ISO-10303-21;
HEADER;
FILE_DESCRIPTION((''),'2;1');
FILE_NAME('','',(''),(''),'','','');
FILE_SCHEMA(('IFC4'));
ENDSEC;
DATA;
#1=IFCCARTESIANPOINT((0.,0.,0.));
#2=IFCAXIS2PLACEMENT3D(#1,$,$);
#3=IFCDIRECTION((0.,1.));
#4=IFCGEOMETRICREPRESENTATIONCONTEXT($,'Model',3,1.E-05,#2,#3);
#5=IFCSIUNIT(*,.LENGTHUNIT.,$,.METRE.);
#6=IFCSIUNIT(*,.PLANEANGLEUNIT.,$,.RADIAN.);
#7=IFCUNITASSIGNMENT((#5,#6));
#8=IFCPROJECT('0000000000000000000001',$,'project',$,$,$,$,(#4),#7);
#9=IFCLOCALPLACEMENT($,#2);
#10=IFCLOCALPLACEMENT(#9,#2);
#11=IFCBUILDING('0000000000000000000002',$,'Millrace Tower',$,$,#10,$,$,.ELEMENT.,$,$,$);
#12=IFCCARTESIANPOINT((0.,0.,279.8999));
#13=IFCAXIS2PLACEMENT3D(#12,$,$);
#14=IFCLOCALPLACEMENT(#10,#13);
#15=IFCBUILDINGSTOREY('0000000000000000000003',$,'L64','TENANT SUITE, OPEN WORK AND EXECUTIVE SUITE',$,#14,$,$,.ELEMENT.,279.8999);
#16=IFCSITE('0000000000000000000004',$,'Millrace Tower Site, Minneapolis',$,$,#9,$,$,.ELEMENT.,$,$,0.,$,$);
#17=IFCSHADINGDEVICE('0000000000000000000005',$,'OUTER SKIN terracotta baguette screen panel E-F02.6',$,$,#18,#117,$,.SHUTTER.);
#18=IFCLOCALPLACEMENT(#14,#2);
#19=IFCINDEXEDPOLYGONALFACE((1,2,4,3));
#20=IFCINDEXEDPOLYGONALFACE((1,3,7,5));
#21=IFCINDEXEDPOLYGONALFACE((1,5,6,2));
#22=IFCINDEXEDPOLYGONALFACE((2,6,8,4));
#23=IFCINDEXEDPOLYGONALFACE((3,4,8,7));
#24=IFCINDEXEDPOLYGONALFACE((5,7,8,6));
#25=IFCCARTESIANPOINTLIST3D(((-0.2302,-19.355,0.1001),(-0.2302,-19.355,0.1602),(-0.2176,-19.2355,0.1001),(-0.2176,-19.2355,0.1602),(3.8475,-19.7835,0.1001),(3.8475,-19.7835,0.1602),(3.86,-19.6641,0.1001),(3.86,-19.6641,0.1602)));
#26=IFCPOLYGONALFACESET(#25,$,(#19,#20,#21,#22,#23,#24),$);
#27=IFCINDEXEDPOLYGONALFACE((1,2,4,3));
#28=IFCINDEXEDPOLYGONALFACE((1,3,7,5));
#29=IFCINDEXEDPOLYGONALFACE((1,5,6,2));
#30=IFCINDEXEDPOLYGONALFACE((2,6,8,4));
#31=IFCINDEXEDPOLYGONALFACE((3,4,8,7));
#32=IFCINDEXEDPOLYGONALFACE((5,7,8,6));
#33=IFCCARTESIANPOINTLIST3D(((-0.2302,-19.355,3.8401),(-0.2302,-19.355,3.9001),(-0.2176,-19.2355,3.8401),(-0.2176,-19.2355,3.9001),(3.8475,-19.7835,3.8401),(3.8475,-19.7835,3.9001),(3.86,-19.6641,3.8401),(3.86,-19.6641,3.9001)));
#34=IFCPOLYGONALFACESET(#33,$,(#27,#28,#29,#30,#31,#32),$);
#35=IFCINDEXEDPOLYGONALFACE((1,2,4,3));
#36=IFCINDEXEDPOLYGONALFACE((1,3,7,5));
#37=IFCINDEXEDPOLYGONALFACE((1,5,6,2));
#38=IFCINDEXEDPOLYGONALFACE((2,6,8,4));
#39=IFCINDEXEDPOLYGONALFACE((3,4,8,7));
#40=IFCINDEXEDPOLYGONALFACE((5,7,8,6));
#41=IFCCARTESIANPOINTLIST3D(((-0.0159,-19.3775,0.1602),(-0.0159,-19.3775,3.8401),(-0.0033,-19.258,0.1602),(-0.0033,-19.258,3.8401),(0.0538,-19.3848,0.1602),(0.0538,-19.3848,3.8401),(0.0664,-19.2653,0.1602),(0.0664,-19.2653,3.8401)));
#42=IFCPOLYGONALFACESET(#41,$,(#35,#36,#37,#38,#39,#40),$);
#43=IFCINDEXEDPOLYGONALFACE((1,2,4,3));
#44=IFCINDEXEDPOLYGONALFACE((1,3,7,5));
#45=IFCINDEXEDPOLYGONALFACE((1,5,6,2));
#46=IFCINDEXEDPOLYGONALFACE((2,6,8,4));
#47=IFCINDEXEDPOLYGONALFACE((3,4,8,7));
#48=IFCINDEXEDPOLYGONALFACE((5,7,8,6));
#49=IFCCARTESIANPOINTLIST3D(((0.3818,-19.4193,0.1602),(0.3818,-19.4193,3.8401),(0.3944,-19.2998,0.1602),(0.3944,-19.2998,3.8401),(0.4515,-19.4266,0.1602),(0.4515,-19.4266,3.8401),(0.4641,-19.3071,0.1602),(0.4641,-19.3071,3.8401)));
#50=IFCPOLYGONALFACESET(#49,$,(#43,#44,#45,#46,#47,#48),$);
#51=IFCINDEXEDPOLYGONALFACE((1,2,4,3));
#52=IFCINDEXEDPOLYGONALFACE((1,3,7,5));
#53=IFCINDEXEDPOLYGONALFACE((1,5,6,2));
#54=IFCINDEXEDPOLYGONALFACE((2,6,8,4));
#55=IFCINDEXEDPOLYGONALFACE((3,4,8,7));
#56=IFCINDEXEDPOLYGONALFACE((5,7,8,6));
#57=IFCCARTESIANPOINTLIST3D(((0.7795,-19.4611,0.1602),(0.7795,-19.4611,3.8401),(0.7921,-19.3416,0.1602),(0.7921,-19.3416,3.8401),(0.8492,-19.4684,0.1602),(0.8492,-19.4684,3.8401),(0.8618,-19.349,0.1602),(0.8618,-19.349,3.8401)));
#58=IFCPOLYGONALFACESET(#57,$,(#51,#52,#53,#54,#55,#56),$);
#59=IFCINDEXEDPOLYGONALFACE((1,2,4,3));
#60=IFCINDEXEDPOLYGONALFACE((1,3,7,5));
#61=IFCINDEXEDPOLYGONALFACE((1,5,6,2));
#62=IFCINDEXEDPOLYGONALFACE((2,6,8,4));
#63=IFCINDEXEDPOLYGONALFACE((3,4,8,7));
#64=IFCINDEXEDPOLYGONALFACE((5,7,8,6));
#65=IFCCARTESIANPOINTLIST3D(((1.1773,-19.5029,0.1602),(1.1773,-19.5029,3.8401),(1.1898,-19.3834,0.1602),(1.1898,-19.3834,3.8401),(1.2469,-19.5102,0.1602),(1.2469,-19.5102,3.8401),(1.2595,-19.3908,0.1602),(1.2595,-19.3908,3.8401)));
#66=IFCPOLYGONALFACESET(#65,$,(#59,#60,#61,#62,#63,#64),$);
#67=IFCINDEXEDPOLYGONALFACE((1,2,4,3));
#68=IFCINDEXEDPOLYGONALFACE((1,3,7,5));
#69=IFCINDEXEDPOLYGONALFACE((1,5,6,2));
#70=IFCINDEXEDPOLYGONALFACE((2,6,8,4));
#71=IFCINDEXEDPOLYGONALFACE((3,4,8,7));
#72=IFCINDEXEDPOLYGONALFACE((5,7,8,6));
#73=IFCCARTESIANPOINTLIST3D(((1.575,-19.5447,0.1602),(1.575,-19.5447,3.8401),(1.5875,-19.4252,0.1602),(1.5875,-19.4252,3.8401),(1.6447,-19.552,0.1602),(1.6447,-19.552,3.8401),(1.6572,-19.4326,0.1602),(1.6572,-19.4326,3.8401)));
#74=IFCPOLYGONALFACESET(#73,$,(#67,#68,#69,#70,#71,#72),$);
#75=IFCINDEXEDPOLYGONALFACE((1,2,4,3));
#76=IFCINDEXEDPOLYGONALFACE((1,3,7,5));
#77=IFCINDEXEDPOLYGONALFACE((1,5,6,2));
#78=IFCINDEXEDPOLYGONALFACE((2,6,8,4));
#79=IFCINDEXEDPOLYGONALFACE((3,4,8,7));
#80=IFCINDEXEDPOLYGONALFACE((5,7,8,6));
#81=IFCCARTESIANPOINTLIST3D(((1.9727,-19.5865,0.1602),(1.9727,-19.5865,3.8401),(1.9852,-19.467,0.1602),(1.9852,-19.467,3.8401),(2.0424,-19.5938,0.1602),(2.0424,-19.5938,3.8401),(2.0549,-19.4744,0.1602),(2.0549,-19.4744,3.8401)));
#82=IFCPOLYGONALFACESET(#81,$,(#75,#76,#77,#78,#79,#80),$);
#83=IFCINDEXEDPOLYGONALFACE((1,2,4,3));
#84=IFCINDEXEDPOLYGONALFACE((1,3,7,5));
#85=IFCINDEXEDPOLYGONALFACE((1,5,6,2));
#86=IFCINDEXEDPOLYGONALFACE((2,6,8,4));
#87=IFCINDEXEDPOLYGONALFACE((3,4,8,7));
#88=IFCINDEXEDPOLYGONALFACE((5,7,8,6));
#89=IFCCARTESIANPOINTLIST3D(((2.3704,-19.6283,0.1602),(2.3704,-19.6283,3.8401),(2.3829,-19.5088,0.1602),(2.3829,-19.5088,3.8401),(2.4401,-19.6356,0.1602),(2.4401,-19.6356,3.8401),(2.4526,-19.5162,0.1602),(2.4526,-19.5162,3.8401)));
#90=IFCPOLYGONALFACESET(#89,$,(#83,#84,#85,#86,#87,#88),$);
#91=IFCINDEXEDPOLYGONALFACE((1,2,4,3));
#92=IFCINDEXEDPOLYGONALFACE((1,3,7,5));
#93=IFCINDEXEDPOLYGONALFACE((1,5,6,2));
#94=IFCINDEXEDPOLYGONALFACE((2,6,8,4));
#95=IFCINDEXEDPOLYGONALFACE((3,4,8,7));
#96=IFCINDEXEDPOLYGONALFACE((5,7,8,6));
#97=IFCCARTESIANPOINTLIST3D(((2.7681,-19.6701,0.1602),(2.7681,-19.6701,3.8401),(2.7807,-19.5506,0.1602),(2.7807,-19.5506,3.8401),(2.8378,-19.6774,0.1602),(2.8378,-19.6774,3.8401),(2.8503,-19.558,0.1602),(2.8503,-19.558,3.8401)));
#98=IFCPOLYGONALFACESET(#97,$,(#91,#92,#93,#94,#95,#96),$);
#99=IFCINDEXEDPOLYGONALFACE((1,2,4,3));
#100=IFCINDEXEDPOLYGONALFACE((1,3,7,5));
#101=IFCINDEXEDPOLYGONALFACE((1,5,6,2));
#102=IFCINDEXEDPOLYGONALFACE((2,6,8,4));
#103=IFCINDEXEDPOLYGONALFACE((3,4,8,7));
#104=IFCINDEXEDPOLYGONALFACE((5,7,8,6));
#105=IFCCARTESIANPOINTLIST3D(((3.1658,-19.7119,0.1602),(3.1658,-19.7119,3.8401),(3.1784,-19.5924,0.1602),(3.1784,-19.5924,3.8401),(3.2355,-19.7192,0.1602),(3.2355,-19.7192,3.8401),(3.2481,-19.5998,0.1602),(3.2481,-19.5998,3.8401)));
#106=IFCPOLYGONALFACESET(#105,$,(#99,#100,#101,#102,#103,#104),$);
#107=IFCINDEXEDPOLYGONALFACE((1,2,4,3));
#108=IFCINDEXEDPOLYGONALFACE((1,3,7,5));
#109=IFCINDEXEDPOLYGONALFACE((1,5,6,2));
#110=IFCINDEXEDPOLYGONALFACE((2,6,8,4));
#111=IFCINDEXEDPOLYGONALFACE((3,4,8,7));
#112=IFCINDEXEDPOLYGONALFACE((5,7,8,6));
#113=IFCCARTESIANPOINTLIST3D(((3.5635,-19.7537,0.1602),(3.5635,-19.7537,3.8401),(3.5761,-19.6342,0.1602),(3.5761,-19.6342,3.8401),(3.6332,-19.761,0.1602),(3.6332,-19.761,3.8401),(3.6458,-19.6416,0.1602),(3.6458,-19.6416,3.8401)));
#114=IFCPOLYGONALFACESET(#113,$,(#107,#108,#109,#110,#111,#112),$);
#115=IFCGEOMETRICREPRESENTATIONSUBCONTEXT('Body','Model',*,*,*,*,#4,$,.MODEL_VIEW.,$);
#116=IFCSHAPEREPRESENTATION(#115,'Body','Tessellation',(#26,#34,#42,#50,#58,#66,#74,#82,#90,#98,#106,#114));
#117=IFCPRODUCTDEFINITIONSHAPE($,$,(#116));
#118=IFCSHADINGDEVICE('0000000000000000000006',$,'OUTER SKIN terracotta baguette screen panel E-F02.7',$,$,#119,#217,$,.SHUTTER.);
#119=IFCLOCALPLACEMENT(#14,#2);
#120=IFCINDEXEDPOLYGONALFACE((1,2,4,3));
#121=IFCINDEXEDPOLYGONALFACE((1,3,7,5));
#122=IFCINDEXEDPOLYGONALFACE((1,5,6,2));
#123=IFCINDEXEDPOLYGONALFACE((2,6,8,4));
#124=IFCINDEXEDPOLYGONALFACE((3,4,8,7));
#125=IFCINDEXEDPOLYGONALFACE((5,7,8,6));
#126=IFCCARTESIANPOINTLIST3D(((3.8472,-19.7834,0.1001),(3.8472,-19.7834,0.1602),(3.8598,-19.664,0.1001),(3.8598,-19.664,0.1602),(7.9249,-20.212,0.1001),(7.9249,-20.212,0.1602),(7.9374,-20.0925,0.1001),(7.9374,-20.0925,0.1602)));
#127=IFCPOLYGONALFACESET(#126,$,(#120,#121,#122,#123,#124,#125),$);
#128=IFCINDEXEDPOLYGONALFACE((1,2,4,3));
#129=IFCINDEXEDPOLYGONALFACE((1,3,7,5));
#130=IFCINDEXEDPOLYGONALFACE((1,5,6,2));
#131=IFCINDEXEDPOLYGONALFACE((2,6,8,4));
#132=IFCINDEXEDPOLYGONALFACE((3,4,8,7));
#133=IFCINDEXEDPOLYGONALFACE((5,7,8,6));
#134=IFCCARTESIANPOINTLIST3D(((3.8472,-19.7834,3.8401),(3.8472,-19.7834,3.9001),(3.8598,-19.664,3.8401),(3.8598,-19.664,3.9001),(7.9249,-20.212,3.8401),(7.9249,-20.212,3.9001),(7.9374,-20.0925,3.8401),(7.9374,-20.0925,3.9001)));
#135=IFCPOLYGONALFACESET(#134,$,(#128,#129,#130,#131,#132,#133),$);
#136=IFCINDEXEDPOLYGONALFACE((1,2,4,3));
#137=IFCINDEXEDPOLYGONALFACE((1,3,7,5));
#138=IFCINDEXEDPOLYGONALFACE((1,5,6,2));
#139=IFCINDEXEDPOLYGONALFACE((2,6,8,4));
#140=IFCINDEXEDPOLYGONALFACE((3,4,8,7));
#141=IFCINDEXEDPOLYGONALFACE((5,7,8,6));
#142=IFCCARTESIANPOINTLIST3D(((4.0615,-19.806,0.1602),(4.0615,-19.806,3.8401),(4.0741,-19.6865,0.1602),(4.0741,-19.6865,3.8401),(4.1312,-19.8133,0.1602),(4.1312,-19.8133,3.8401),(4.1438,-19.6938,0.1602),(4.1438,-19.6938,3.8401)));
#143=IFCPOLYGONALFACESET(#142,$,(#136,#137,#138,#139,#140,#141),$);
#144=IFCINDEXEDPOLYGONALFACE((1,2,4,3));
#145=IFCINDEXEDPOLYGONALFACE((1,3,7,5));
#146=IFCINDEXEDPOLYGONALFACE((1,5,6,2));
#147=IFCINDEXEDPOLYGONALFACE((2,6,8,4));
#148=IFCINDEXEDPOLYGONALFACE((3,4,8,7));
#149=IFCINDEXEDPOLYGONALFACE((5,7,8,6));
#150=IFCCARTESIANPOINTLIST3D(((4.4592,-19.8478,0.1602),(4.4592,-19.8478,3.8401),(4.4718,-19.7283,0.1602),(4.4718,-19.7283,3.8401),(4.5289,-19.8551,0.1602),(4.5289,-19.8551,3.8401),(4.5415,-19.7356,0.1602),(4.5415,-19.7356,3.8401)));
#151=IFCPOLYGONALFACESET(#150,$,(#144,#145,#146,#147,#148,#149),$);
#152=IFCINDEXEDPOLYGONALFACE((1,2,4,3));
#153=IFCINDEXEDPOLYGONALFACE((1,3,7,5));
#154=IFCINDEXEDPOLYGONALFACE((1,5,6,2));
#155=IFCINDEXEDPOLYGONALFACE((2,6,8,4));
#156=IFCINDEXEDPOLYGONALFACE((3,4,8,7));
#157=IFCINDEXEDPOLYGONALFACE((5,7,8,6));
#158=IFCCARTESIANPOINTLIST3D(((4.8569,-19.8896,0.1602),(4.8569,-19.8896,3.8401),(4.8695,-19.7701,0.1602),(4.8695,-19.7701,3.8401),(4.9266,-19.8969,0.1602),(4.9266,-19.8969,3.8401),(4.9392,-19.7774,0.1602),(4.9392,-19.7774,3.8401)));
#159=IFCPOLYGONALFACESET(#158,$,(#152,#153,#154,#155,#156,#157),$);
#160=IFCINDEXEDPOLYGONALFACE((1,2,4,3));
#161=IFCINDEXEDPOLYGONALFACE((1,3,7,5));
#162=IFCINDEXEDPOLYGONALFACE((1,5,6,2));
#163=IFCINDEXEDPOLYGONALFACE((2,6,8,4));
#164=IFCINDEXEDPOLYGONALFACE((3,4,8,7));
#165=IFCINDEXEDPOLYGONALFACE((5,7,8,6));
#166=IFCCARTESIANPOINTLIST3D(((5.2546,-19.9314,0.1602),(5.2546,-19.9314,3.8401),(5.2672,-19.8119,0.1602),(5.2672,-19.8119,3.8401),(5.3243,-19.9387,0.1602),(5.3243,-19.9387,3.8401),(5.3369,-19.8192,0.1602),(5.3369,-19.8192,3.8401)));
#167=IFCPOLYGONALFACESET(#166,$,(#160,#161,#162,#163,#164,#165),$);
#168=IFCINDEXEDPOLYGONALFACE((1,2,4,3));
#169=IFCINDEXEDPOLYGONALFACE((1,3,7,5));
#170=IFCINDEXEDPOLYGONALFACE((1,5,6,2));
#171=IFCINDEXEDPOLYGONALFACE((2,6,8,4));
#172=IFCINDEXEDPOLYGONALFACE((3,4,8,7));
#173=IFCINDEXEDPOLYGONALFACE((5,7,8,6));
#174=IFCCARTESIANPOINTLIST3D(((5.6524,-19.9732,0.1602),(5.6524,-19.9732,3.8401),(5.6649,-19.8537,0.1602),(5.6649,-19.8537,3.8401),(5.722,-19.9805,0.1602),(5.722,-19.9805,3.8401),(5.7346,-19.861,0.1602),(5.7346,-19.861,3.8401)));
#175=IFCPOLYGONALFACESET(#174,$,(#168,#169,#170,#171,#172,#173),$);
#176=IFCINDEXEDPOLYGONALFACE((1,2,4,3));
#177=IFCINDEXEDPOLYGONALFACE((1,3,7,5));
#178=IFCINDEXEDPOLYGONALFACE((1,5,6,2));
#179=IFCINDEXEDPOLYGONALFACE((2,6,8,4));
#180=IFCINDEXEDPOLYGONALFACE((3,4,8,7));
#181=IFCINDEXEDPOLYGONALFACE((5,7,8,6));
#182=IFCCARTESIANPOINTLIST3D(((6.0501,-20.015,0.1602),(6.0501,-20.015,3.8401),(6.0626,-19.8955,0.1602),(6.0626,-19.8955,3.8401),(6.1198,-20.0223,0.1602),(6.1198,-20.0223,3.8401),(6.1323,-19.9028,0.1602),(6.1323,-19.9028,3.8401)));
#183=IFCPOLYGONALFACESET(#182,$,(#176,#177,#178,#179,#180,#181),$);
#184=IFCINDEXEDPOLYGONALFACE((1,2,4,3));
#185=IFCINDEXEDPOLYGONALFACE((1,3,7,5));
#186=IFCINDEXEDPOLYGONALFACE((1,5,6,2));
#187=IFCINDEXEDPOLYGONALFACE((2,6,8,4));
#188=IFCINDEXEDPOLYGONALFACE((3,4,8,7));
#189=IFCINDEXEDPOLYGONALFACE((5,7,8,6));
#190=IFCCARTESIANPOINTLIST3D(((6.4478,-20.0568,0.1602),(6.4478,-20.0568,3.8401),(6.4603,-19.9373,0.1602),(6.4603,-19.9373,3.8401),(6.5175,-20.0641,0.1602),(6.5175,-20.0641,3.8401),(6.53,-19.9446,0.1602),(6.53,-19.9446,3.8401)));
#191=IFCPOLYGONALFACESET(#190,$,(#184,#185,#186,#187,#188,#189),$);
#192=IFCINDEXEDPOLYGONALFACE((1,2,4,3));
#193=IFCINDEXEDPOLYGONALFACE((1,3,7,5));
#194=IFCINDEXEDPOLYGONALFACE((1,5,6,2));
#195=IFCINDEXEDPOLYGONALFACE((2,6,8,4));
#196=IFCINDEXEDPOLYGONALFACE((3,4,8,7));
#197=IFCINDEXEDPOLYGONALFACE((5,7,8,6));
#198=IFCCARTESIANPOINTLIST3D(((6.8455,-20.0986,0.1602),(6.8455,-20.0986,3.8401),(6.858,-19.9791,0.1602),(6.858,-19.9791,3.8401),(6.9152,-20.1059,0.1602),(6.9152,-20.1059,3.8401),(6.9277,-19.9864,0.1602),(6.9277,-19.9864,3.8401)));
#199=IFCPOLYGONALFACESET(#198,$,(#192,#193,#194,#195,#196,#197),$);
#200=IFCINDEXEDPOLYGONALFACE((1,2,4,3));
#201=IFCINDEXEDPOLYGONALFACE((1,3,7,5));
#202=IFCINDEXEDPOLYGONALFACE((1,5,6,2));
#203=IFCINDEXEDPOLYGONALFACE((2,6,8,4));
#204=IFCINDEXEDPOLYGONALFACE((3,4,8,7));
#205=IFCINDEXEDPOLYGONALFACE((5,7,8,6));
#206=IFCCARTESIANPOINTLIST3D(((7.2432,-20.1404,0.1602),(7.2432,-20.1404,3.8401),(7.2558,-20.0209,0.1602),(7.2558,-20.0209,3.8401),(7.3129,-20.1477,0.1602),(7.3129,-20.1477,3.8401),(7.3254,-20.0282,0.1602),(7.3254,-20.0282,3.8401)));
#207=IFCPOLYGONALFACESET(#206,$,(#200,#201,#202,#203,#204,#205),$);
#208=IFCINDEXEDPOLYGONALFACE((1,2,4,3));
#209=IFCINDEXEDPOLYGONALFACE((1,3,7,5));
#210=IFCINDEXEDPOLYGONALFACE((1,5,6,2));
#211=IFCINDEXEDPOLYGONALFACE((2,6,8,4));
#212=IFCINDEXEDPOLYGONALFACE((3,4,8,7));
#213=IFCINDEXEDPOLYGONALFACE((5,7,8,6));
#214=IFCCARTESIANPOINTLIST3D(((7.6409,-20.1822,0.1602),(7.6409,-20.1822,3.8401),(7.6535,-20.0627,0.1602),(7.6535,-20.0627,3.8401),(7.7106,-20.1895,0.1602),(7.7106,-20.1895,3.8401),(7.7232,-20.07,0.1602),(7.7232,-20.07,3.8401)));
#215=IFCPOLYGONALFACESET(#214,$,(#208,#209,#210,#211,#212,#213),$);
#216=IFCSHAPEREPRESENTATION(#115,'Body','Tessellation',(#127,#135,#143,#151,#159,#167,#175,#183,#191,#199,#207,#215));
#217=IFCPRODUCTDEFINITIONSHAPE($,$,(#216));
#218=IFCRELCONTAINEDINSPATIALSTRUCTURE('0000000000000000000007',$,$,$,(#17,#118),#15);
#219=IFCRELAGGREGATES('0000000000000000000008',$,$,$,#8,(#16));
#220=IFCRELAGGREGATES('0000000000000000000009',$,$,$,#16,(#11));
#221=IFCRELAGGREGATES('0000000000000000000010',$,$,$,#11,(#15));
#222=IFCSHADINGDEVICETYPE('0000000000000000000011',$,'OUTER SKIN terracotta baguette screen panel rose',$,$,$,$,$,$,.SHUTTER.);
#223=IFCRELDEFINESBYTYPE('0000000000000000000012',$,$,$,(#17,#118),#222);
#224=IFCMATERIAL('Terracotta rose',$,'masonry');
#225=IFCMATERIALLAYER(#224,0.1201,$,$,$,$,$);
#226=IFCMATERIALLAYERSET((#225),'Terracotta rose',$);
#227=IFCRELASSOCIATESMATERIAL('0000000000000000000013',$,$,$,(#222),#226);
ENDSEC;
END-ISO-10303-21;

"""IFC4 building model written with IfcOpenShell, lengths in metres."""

from ifc_helpers import new_model, entity, si_unit, direction, frame, frame_2d, origin, place, context, subcontext, project, spatial, rectangle, extrude, source, transform, mapped, material, layer, layer_set, type_object, element, save


model = new_model("IFC4")

# Units and contexts
model_context = context("Model", 3, precision=1e-05, world=origin(), true_north=direction((0.0, 1.0)))
body_context = subcontext(model_context, "Body", "Model", "MODEL_VIEW")
ifc_project = project(units=[si_unit("LENGTHUNIT", "METRE"), si_unit("PLANEANGLEUNIT", "RADIAN")], contexts=[model_context])

# Site, building, storey
site_placement = place(None, origin())
site = spatial("IfcSite", under=ifc_project, at=site_placement, Name="Millrace Tower Site, Minneapolis", CompositionType="ELEMENT", RefElevation=0.0)
building_placement = place(site_placement, origin())
building = spatial("IfcBuilding", under=site, at=building_placement, Name="Millrace Tower", CompositionType="ELEMENT")
storey_placement = place(building_placement, frame((0.0, 0.0, 279.8999)))
storey = spatial("IfcBuildingStorey", under=building, at=storey_placement, Name="L64", Description="TENANT SUITE, OPEN WORK AND EXECUTIVE SUITE", CompositionType="ELEMENT", Elevation=279.8999)

# Shading devices
ifc_material_1 = material(Name="Terracotta rose", Category="masonry")
ifc_layer_1 = layer(ifc_material_1, 0.1201)
ifc_layer_set_1 = layer_set([ifc_layer_1], Name="Terracotta rose")
shading_device_type = type_object("IfcShadingDeviceType", Name="OUTER SKIN terracotta baguette screen panel rose", PredefinedType="SHUTTER", material=ifc_layer_set_1)
cartesian_point = entity("IfcCartesianPoint", [-2.05, 0.0601])
shared_polyline = entity("IfcPolyline", [cartesian_point, entity("IfcCartesianPoint", [2.05, 0.0601]), entity("IfcCartesianPoint", [2.05, -0.0601]), entity("IfcCartesianPoint", [-2.05, -0.0601]), cartesian_point])
shared_shape = source(origin(), body_context, "Body", "SweptSolid", [
    entity("IfcExtrudedAreaSolid", entity("IfcArbitraryClosedProfileDef", "AREA", None, shared_polyline), entity("IfcAxis2Placement3D", entity("IfcCartesianPoint", [0.0, 0.0, 0.0])), entity("IfcDirection", [0.0, 0.0, 1.0]), 0.0601),
    entity("IfcExtrudedAreaSolid", entity("IfcArbitraryClosedProfileDef", "AREA", None, shared_polyline), entity("IfcAxis2Placement3D", entity("IfcCartesianPoint", [0.0, 0.0, 3.74])), entity("IfcDirection", [0.0, 0.0, 1.0]), 0.0601),
    extrude(rectangle(XDim=0.0701, YDim=0.1201, at=frame_2d((-1.7996, 0.0))), frame((0.0, 0.0, 0.0601)), (0.0, 0.0, 1.0), 3.6799),
    extrude(rectangle(XDim=0.0701, YDim=0.1201, at=frame_2d((-1.3997, 0.0))), frame((0.0, 0.0, 0.0601)), (0.0, 0.0, 1.0), 3.6799),
    extrude(rectangle(XDim=0.0701, YDim=0.1201, at=frame_2d((-0.9998, 0.0))), frame((0.0, 0.0, 0.0601)), (0.0, 0.0, 1.0), 3.6799),
    extrude(rectangle(XDim=0.0701, YDim=0.1201, at=frame_2d((-0.5999, 0.0))), frame((0.0, 0.0, 0.0601)), (0.0, 0.0, 1.0), 3.6799),
    extrude(rectangle(XDim=0.0701, YDim=0.1201, at=frame_2d((-0.2, 0.0))), frame((0.0, 0.0, 0.0601)), (0.0, 0.0, 1.0), 3.6799),
    extrude(rectangle(XDim=0.0701, YDim=0.1201, at=frame_2d((0.2, 0.0))), frame((0.0, 0.0, 0.0601)), (0.0, 0.0, 1.0), 3.6799),
    extrude(rectangle(XDim=0.0701, YDim=0.1201, at=frame_2d((0.5999, 0.0))), frame((0.0, 0.0, 0.0601)), (0.0, 0.0, 1.0), 3.6799),
    extrude(rectangle(XDim=0.0701, YDim=0.1201, at=frame_2d((0.9998, 0.0))), frame((0.0, 0.0, 0.0601)), (0.0, 0.0, 1.0), 3.6799),
    extrude(rectangle(XDim=0.0701, YDim=0.1201, at=frame_2d((1.3997, 0.0))), frame((0.0, 0.0, 0.0601)), (0.0, 0.0, 1.0), 3.6799),
    extrude(rectangle(XDim=0.0701, YDim=0.1201, at=frame_2d((1.7996, 0.0))), frame((0.0, 0.0, 0.0601)), (0.0, 0.0, 1.0), 3.6799),
])
for number, where, z_axis, x_axis, name in (
    (1, (1.8149, -19.5095, 0.1001), (0.0, 0.0, 1.0), (0.994522, -0.104528, 0.0), "OUTER SKIN terracotta baguette screen panel E-F02.6"),
    (2, (5.8923, -19.938, 0.1001), (0.0, 0.0, 1.0), (0.994522, -0.104528, 0.0), "OUTER SKIN terracotta baguette screen panel E-F02.7"),
):
    element("IfcShadingDevice", number, at=place(storey_placement, frame(where, z_axis=z_axis, x_axis=x_axis)), inside=storey, type_object=shading_device_type, Name=name, PredefinedType="SHUTTER", context=body_context, shape_type="MappedRepresentation", body=[
        mapped(shared_shape, transform((0.0, 0.0, 0.0), scale=1.0)),
    ])

save(model, "model.ifc")
